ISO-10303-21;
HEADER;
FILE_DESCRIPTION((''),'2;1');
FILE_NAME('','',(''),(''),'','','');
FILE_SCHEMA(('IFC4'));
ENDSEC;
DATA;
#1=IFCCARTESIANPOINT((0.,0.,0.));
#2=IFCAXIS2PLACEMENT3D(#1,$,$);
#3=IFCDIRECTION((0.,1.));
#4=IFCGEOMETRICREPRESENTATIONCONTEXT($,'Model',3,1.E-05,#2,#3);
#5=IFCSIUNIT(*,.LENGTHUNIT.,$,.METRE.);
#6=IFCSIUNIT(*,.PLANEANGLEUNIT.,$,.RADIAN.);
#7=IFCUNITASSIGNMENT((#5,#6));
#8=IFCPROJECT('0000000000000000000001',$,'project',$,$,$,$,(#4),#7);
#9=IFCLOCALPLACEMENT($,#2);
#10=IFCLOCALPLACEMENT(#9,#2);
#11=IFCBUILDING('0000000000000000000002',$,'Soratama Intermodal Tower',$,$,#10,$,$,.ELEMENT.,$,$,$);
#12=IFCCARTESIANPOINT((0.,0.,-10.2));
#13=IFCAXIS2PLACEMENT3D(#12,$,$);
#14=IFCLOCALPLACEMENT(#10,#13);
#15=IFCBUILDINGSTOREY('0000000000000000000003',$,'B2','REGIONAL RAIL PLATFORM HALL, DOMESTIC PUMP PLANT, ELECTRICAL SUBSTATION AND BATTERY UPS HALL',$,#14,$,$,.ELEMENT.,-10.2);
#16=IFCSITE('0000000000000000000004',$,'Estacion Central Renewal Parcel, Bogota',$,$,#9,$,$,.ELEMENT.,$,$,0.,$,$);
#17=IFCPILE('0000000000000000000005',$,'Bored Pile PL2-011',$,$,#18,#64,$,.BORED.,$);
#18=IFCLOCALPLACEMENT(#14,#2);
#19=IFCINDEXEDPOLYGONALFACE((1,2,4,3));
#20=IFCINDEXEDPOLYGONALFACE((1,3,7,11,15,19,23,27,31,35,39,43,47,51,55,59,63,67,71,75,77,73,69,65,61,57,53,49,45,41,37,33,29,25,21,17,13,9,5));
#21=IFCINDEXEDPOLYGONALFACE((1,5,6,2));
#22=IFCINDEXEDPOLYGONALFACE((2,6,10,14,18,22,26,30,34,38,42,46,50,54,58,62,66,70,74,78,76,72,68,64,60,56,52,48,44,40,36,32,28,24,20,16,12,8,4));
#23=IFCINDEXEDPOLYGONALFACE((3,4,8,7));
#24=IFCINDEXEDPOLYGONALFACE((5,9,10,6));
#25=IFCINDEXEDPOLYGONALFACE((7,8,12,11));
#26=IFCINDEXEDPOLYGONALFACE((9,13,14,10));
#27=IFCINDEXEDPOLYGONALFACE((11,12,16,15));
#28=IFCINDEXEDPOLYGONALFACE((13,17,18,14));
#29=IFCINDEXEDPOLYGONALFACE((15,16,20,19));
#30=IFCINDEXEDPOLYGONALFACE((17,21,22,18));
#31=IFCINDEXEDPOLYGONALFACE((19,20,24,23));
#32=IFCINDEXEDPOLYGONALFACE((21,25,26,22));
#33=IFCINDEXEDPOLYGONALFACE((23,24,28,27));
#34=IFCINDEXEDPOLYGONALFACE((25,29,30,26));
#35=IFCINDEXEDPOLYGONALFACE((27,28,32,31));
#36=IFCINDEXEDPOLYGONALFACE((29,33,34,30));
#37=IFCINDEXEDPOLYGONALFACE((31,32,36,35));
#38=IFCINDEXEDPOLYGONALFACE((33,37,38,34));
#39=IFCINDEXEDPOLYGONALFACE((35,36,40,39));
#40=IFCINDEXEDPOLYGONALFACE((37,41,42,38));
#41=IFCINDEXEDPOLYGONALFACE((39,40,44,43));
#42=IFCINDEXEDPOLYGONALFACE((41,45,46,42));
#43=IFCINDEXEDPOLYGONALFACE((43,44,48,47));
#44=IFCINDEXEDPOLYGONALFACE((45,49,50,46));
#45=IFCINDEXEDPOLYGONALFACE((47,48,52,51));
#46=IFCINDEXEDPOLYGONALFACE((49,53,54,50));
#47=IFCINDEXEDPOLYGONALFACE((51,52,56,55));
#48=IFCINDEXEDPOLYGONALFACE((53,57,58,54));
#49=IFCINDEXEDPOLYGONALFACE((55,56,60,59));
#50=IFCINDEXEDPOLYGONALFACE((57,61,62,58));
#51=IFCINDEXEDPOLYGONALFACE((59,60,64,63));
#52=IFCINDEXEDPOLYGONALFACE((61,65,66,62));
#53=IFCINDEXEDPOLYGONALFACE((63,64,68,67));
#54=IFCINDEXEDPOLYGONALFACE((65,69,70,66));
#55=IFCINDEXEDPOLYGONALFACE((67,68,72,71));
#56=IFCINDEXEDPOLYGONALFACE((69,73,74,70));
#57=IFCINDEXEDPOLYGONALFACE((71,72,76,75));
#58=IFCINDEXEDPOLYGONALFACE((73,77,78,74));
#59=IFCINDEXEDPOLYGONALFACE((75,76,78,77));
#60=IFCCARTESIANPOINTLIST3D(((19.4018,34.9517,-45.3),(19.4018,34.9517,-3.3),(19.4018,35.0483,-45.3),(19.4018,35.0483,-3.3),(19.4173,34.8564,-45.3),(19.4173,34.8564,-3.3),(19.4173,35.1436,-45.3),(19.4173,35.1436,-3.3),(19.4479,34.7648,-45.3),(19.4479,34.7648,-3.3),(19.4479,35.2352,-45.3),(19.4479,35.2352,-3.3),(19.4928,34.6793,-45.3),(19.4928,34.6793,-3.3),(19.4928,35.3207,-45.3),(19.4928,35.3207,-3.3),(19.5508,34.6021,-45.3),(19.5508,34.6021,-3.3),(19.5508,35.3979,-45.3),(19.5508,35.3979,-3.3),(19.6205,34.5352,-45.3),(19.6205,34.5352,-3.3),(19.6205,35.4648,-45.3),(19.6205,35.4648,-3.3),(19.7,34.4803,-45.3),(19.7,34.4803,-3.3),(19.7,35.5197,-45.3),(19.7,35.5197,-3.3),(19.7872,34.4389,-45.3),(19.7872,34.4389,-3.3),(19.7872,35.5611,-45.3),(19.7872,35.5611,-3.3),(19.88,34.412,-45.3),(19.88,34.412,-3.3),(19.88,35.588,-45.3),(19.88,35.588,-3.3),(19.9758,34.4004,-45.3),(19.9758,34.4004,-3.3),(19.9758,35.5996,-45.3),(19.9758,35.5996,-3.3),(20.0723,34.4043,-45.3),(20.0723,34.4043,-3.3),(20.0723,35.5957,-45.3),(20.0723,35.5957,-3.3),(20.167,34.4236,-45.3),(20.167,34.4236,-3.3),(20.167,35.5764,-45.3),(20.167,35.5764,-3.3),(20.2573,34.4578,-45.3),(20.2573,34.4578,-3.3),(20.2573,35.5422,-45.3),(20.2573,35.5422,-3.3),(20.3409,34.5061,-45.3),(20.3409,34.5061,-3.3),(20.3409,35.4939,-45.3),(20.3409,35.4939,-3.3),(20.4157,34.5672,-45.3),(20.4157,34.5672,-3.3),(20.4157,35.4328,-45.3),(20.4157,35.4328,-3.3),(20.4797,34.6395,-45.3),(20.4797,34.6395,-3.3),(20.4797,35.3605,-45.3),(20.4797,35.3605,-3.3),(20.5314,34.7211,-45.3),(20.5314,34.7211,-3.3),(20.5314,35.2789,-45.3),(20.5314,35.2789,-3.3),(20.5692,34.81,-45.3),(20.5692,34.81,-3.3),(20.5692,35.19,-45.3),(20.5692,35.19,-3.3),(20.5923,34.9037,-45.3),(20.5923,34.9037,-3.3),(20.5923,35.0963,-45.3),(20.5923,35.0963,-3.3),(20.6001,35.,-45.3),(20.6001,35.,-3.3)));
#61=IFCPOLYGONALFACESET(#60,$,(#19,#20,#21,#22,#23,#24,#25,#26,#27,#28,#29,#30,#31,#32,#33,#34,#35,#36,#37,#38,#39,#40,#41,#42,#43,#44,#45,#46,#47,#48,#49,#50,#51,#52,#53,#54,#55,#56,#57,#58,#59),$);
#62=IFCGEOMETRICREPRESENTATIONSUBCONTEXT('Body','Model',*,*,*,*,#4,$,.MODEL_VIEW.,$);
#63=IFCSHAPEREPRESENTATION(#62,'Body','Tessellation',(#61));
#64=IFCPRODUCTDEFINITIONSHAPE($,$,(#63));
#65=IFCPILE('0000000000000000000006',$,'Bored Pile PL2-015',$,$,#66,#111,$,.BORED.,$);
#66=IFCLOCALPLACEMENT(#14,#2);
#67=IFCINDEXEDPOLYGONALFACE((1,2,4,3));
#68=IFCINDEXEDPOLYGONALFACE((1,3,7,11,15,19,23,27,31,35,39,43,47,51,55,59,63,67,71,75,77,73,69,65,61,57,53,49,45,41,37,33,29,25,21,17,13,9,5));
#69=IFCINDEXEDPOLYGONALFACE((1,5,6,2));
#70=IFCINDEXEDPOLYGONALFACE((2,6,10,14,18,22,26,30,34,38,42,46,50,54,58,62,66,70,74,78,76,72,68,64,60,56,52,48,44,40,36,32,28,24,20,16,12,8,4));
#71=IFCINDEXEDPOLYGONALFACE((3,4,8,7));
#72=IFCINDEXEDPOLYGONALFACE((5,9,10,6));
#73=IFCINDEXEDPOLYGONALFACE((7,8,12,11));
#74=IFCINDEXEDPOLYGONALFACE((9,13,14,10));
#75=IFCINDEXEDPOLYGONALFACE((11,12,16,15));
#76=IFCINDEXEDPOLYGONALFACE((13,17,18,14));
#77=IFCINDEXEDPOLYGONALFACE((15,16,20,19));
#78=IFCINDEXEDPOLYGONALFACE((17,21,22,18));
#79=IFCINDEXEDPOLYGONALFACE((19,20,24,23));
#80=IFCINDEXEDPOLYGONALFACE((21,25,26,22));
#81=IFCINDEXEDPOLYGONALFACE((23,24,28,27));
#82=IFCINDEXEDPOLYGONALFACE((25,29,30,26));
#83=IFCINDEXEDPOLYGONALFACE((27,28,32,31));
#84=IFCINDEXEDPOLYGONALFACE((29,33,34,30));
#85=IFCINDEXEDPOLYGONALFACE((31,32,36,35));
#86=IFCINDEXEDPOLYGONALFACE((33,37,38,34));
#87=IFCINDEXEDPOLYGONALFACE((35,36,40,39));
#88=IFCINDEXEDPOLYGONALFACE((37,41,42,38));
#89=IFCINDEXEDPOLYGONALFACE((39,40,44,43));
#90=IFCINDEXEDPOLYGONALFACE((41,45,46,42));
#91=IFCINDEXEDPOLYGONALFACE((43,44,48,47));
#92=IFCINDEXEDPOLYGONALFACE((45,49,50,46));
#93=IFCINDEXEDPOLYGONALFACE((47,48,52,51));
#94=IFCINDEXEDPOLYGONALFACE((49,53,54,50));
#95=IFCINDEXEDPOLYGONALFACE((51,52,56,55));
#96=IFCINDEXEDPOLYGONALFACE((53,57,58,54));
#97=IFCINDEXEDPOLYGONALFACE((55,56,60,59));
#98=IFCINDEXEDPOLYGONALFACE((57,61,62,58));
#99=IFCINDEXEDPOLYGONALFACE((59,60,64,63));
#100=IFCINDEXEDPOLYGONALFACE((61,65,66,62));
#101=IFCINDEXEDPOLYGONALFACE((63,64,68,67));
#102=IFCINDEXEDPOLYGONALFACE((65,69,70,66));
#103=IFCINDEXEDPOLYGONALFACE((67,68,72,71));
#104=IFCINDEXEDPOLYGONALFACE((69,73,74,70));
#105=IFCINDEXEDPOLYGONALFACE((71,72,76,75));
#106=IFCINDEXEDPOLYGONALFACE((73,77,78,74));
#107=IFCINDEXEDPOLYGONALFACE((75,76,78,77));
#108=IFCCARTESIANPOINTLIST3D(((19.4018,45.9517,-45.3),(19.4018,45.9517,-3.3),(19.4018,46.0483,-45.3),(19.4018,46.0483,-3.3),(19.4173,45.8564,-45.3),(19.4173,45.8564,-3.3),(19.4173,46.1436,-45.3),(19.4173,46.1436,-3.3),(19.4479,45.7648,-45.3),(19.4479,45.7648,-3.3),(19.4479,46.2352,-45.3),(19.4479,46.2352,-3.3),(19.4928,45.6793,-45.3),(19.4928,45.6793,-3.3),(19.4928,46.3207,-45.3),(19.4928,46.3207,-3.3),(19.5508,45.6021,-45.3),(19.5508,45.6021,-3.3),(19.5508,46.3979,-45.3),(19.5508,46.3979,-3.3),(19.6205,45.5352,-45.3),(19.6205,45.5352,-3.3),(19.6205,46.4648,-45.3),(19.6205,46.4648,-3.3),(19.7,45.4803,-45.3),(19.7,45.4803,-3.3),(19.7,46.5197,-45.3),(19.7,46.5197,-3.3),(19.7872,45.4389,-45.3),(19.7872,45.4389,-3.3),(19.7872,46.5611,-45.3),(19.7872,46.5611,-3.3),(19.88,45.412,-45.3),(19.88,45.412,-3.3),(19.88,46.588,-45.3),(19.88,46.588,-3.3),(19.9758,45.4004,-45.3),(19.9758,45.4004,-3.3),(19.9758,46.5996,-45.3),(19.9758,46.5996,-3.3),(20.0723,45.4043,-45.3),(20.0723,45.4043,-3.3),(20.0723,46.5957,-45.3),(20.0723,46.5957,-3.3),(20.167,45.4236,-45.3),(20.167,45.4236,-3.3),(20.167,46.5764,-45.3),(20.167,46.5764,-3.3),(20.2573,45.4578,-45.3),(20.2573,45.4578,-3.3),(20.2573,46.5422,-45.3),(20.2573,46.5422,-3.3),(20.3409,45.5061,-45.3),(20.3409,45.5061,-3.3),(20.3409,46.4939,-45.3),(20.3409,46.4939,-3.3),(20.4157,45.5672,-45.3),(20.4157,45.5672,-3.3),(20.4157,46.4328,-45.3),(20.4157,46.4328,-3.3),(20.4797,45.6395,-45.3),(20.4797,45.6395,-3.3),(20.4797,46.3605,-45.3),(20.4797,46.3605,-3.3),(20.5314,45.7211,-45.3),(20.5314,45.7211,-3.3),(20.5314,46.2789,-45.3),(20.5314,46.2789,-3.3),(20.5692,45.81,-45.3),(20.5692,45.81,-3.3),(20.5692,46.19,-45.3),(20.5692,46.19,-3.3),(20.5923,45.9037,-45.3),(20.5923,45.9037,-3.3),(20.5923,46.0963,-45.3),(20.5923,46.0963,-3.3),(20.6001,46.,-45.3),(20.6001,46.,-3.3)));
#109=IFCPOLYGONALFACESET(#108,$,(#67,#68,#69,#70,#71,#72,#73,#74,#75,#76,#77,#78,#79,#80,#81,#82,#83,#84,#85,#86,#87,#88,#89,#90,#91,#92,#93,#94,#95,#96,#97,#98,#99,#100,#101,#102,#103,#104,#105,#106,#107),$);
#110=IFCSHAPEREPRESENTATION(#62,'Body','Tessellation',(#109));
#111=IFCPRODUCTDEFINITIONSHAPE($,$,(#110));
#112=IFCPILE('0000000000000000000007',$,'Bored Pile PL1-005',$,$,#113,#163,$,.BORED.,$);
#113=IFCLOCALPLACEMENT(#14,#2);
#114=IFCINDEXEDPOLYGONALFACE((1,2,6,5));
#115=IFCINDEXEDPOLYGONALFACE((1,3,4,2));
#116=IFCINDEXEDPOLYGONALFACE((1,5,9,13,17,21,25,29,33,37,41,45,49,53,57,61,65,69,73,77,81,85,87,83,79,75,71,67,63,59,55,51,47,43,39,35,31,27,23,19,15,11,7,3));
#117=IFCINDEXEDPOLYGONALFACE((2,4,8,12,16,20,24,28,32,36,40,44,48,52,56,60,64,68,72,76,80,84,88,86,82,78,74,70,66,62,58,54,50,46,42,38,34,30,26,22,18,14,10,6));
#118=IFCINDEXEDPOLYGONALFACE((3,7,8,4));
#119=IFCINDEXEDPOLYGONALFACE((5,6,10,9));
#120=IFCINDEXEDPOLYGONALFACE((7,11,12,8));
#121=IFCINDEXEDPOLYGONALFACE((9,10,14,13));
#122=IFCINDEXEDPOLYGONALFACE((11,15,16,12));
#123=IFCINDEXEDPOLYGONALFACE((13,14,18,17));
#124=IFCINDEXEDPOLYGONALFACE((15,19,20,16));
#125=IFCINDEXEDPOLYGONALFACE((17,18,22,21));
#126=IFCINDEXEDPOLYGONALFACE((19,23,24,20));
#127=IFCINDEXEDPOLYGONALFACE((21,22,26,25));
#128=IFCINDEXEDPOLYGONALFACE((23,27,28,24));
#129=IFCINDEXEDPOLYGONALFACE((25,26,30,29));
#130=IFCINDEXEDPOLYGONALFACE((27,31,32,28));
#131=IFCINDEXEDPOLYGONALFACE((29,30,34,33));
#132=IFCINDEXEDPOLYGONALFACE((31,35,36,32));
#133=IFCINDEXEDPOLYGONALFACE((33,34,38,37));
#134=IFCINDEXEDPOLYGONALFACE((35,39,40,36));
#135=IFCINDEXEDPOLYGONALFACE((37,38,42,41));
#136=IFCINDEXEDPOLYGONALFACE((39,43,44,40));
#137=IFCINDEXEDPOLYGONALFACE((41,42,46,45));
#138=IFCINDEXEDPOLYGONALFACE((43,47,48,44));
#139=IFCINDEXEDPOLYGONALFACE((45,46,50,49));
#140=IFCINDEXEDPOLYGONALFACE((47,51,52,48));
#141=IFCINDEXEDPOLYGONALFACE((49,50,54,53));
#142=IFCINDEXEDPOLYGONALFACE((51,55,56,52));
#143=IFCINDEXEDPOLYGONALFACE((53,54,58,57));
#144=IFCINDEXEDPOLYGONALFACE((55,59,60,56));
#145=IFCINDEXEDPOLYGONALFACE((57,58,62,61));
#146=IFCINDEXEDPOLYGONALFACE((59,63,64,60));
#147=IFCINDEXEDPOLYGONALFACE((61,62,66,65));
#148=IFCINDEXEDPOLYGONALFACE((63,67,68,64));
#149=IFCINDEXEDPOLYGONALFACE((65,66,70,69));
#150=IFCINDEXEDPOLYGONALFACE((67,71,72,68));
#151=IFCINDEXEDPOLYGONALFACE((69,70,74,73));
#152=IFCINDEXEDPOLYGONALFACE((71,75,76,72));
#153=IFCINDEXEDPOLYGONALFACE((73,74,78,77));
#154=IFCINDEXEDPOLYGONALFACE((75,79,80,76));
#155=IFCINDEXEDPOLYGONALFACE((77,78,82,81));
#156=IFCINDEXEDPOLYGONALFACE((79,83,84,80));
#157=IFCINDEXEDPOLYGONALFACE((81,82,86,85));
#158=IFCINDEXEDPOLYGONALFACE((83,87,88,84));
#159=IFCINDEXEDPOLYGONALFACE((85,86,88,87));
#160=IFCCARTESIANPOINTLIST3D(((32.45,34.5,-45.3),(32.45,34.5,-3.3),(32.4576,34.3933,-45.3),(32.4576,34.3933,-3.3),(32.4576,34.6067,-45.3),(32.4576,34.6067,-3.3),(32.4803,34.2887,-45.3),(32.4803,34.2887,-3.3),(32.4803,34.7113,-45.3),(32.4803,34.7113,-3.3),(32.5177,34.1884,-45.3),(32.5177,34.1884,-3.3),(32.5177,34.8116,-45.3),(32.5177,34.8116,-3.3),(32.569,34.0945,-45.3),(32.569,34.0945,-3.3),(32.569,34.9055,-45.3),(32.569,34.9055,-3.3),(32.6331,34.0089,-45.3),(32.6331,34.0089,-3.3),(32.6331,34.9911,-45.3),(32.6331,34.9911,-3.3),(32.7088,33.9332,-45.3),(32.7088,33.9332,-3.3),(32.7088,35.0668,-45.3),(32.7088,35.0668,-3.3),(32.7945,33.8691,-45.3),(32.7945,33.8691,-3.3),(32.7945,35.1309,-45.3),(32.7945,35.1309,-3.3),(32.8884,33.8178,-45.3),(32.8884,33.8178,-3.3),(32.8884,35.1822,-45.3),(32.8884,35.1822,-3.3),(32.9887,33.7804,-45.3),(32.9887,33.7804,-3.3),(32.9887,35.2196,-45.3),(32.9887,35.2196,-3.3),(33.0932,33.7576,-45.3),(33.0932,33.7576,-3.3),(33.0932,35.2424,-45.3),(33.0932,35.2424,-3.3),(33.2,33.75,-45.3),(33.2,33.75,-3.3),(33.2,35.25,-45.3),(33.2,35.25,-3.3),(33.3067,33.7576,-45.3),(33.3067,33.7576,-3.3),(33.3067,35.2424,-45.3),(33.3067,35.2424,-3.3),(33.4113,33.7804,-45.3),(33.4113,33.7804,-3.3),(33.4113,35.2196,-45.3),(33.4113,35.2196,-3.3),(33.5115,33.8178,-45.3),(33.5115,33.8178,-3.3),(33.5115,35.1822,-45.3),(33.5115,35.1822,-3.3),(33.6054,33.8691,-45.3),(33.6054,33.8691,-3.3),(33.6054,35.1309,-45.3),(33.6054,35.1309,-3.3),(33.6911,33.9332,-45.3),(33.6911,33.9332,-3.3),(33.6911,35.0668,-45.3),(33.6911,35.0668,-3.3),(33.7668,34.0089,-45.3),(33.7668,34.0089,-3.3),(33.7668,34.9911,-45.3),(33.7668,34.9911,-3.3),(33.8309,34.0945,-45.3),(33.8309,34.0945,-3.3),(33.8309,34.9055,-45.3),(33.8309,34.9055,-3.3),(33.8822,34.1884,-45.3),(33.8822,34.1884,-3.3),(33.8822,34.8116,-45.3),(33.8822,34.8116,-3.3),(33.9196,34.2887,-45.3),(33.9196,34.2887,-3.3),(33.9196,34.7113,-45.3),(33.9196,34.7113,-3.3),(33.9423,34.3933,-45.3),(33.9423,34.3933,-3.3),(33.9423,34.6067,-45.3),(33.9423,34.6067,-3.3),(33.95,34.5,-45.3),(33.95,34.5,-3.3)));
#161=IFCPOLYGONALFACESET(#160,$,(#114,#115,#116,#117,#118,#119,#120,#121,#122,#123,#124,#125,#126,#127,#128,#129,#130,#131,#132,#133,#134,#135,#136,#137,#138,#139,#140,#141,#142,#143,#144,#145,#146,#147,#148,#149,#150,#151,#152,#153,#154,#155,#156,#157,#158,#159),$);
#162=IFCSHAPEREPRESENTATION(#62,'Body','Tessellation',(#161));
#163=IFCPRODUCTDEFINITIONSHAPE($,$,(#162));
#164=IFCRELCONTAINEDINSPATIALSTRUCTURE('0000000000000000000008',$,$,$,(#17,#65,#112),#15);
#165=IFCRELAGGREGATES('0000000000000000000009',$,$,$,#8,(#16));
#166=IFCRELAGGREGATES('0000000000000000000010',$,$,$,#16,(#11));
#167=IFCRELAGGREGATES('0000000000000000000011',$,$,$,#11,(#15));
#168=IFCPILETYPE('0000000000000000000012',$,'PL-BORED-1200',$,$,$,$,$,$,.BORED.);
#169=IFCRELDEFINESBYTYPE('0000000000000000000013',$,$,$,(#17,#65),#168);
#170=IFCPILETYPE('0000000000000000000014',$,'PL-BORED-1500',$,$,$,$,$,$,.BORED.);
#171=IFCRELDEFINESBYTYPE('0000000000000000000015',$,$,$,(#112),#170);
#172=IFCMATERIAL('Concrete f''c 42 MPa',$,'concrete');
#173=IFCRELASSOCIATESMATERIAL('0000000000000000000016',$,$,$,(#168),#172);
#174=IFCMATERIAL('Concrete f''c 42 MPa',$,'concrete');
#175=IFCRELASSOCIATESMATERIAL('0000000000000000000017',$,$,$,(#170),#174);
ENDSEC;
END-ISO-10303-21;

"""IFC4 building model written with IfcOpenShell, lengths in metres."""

from ifc_helpers import new_model, si_unit, direction, frame, origin, origin_2d, place, context, subcontext, project, spatial, circle, extrude, material, material_profile, profile_set, type_object, element, save


model = new_model("IFC4")

# Units and contexts
model_context = context("Model", 3, precision=1e-05, world=origin(), true_north=direction((0.0, 1.0)))
body_context = subcontext(model_context, "Body", "Model", "MODEL_VIEW")
ifc_project = project(units=[si_unit("LENGTHUNIT", "METRE"), si_unit("PLANEANGLEUNIT", "RADIAN")], contexts=[model_context])

# Site, building, storey
site_placement = place(None, origin())
site = spatial("IfcSite", under=ifc_project, at=site_placement, Name="Estacion Central Renewal Parcel, Bogota", CompositionType="ELEMENT", RefElevation=0.0)
building_placement = place(site_placement, origin())
building = spatial("IfcBuilding", under=site, at=building_placement, Name="Soratama Intermodal Tower", CompositionType="ELEMENT")
storey_placement = place(building_placement, frame((0.0, 0.0, -10.2)))
storey = spatial("IfcBuildingStorey", under=building, at=storey_placement, Name="B2", Description="REGIONAL RAIL PLATFORM HALL, DOMESTIC PUMP PLANT, ELECTRICAL SUBSTATION AND BATTERY UPS HALL", CompositionType="ELEMENT", Elevation=-10.2)

# Piles
ifc_material_1 = material(Name="Concrete f'c 42 MPa", Category="concrete")
ifc_material_profile_1 = material_profile(ifc_material_1, circle(Radius=0.6001, at=origin_2d()), Name="PILE1200")
ifc_profile_set_1 = profile_set([ifc_material_profile_1], Name="Concrete f'c 42 MPa")
pile_type_1 = type_object("IfcPileType", Name="PL-BORED-1200", PredefinedType="BORED", material=ifc_profile_set_1)
for number, where, z_axis, x_axis, name in (
    (1, (20.0, 35.0, -3.3), (0.0, 0.0, -1.0), (1.0, 0.0, 0.0), "Bored Pile PL2-011"),
    (2, (20.0, 46.0, -3.3), (0.0, 0.0, -1.0), (1.0, 0.0, 0.0), "Bored Pile PL2-015"),
):
    element("IfcPile", number, at=place(storey_placement, frame(where, z_axis=z_axis, x_axis=x_axis)), inside=storey, type_object=pile_type_1, Name=name, PredefinedType="BORED", context=body_context, shape_type="SweptSolid", body=[
        extrude(circle(Radius=0.6001, at=origin_2d()), origin(), (0.0, 0.0, 1.0), 42.0),
    ])
ifc_material_2 = material(Name="Concrete f'c 42 MPa", Category="concrete")
ifc_material_profile_2 = material_profile(ifc_material_2, circle(Radius=0.75, at=origin_2d()), Name="PILE1500")
ifc_profile_set_2 = profile_set([ifc_material_profile_2], Name="Concrete f'c 42 MPa")
pile_type_2 = type_object("IfcPileType", Name="PL-BORED-1500", PredefinedType="BORED", material=ifc_profile_set_2)
for number, where, z_axis, x_axis, name in (
    (3, (33.2, 34.5, -3.3), (0.0, 0.0, -1.0), (1.0, 0.0, 0.0), "Bored Pile PL1-005"),
):
    element("IfcPile", number, at=place(storey_placement, frame(where, z_axis=z_axis, x_axis=x_axis)), inside=storey, type_object=pile_type_2, Name=name, PredefinedType="BORED", context=body_context, shape_type="SweptSolid", body=[
        extrude(circle(Radius=0.75, at=origin_2d()), origin(), (0.0, 0.0, 1.0), 42.0),
    ])

save(model, "model.ifc")
